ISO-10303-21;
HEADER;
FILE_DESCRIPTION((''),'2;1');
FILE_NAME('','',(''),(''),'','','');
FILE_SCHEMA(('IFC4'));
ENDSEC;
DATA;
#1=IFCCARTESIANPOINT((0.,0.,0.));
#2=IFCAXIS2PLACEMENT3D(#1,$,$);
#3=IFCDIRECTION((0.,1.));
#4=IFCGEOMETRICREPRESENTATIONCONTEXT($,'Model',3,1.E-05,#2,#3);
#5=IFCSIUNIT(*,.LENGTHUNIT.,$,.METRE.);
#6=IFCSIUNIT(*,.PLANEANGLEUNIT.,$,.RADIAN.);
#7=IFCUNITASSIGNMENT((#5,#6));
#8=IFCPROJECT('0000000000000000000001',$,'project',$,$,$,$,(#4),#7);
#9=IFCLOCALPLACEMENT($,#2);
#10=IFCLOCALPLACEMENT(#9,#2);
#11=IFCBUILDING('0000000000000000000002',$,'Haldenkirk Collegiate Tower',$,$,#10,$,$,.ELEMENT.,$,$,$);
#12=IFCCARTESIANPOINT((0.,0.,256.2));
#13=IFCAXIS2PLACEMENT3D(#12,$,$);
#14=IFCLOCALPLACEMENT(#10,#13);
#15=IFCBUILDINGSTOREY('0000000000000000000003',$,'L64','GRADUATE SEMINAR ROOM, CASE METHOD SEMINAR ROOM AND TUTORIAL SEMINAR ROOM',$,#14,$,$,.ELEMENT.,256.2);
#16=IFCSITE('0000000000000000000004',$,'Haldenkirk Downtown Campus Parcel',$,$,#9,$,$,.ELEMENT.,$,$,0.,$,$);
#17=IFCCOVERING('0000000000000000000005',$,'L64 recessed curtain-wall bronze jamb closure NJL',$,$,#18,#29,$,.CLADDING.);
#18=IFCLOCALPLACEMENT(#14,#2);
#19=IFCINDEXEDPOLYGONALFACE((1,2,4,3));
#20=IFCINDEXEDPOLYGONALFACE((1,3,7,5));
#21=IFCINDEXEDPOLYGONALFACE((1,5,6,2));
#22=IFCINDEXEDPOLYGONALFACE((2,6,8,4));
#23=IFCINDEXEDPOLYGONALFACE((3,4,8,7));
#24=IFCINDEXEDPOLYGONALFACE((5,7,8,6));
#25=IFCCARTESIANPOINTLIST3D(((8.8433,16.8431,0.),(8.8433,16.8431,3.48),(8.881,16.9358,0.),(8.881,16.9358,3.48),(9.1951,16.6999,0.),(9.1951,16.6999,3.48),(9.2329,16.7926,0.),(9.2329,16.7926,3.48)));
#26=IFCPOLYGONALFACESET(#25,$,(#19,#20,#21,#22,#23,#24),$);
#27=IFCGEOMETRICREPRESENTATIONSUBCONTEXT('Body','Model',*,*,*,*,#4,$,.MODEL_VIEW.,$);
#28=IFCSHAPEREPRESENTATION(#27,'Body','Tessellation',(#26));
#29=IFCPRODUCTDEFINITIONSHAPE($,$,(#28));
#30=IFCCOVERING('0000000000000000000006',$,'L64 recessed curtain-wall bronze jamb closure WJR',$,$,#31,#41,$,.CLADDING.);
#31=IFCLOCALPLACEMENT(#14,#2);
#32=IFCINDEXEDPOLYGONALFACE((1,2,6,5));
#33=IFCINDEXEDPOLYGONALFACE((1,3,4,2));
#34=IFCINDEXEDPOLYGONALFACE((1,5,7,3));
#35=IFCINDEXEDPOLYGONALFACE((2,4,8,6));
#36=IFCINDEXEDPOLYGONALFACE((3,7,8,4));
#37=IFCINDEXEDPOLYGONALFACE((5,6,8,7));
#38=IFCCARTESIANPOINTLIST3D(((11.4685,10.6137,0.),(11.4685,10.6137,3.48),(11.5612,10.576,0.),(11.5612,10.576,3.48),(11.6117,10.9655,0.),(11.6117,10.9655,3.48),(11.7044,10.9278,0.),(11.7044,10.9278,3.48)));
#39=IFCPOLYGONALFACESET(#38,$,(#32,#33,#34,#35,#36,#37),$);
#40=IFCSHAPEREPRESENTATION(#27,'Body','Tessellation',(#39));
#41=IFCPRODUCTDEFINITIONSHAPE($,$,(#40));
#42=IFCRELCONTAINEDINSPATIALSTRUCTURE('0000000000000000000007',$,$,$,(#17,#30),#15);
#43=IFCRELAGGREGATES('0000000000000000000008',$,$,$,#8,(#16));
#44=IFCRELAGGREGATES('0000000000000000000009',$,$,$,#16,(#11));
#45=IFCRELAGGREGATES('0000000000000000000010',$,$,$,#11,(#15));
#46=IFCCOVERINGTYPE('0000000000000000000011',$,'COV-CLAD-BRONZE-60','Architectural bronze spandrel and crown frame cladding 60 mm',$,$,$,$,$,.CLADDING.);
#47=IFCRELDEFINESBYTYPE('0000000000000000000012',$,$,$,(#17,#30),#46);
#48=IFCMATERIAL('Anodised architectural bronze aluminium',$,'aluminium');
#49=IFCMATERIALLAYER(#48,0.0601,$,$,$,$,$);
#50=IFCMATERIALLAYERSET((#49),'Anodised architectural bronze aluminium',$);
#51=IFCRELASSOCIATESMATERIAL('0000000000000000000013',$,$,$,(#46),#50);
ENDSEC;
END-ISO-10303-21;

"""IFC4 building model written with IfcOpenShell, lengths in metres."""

from ifc_helpers import new_model, si_unit, direction, frame, origin, origin_2d, place, context, subcontext, project, spatial, rectangle, extrude, source, transform, mapped, material, layer, layer_set, type_object, element, save


model = new_model("IFC4")

# Units and contexts
model_context = context("Model", 3, precision=1e-05, world=origin(), true_north=direction((0.0, 1.0)))
body_context = subcontext(model_context, "Body", "Model", "MODEL_VIEW")
ifc_project = project(units=[si_unit("LENGTHUNIT", "METRE"), si_unit("PLANEANGLEUNIT", "RADIAN")], contexts=[model_context])

# Site, building, storey
site_placement = place(None, origin())
site = spatial("IfcSite", under=ifc_project, at=site_placement, Name="Haldenkirk Downtown Campus Parcel", CompositionType="ELEMENT", RefElevation=0.0)
building_placement = place(site_placement, origin())
building = spatial("IfcBuilding", under=site, at=building_placement, Name="Haldenkirk Collegiate Tower", CompositionType="ELEMENT")
storey_placement = place(building_placement, frame((0.0, 0.0, 256.2)))
storey = spatial("IfcBuildingStorey", under=building, at=storey_placement, Name="L64", Description="GRADUATE SEMINAR ROOM, CASE METHOD SEMINAR ROOM AND TUTORIAL SEMINAR ROOM", CompositionType="ELEMENT", Elevation=256.2)

# Shared definitions
ifc_material_1 = material(Name="Anodised architectural bronze aluminium", Category="aluminium")

# Coverings
ifc_layer_1 = layer(ifc_material_1, 0.0601)
ifc_layer_set_1 = layer_set([ifc_layer_1], Name="Anodised architectural bronze aluminium")
covering_type_1 = type_object("IfcCoveringType", Name="COV-CLAD-BRONZE-60", Description="Architectural bronze spandrel and crown frame cladding 60 mm", PredefinedType="CLADDING", material=ifc_layer_set_1)
shared_shape = source(origin(), body_context, "Body", "SweptSolid", [
    extrude(rectangle(XDim=0.1001, YDim=0.3799, at=origin_2d()), origin(), (0.0, 0.0, 1.0), 3.48),
])
for number, where, z_axis, x_axis, name in (
    (1, (9.0381, 16.8179, 0.0), (0.0, 0.0, 1.0), (0.377033, 0.9262, 0.0), "L64 recessed curtain-wall bronze jamb closure NJL"),
    (2, (11.5864, 10.7708, 0.0), (0.0, 0.0, 1.0), (-0.9262, 0.377033, 0.0), "L64 recessed curtain-wall bronze jamb closure WJR"),
):
    element("IfcCovering", number, at=place(storey_placement, frame(where, z_axis=z_axis, x_axis=x_axis)), inside=storey, type_object=covering_type_1, Name=name, PredefinedType="CLADDING", context=body_context, shape_type="MappedRepresentation", body=[
        mapped(shared_shape, transform((0.0, 0.0, 0.0), x_axis=(1.0, 0.0, 0.0), y_axis=(0.0, 1.0, 0.0), z_axis=(0.0, 0.0, 1.0), scale=1.0)),
    ])

save(model, "model.ifc")
